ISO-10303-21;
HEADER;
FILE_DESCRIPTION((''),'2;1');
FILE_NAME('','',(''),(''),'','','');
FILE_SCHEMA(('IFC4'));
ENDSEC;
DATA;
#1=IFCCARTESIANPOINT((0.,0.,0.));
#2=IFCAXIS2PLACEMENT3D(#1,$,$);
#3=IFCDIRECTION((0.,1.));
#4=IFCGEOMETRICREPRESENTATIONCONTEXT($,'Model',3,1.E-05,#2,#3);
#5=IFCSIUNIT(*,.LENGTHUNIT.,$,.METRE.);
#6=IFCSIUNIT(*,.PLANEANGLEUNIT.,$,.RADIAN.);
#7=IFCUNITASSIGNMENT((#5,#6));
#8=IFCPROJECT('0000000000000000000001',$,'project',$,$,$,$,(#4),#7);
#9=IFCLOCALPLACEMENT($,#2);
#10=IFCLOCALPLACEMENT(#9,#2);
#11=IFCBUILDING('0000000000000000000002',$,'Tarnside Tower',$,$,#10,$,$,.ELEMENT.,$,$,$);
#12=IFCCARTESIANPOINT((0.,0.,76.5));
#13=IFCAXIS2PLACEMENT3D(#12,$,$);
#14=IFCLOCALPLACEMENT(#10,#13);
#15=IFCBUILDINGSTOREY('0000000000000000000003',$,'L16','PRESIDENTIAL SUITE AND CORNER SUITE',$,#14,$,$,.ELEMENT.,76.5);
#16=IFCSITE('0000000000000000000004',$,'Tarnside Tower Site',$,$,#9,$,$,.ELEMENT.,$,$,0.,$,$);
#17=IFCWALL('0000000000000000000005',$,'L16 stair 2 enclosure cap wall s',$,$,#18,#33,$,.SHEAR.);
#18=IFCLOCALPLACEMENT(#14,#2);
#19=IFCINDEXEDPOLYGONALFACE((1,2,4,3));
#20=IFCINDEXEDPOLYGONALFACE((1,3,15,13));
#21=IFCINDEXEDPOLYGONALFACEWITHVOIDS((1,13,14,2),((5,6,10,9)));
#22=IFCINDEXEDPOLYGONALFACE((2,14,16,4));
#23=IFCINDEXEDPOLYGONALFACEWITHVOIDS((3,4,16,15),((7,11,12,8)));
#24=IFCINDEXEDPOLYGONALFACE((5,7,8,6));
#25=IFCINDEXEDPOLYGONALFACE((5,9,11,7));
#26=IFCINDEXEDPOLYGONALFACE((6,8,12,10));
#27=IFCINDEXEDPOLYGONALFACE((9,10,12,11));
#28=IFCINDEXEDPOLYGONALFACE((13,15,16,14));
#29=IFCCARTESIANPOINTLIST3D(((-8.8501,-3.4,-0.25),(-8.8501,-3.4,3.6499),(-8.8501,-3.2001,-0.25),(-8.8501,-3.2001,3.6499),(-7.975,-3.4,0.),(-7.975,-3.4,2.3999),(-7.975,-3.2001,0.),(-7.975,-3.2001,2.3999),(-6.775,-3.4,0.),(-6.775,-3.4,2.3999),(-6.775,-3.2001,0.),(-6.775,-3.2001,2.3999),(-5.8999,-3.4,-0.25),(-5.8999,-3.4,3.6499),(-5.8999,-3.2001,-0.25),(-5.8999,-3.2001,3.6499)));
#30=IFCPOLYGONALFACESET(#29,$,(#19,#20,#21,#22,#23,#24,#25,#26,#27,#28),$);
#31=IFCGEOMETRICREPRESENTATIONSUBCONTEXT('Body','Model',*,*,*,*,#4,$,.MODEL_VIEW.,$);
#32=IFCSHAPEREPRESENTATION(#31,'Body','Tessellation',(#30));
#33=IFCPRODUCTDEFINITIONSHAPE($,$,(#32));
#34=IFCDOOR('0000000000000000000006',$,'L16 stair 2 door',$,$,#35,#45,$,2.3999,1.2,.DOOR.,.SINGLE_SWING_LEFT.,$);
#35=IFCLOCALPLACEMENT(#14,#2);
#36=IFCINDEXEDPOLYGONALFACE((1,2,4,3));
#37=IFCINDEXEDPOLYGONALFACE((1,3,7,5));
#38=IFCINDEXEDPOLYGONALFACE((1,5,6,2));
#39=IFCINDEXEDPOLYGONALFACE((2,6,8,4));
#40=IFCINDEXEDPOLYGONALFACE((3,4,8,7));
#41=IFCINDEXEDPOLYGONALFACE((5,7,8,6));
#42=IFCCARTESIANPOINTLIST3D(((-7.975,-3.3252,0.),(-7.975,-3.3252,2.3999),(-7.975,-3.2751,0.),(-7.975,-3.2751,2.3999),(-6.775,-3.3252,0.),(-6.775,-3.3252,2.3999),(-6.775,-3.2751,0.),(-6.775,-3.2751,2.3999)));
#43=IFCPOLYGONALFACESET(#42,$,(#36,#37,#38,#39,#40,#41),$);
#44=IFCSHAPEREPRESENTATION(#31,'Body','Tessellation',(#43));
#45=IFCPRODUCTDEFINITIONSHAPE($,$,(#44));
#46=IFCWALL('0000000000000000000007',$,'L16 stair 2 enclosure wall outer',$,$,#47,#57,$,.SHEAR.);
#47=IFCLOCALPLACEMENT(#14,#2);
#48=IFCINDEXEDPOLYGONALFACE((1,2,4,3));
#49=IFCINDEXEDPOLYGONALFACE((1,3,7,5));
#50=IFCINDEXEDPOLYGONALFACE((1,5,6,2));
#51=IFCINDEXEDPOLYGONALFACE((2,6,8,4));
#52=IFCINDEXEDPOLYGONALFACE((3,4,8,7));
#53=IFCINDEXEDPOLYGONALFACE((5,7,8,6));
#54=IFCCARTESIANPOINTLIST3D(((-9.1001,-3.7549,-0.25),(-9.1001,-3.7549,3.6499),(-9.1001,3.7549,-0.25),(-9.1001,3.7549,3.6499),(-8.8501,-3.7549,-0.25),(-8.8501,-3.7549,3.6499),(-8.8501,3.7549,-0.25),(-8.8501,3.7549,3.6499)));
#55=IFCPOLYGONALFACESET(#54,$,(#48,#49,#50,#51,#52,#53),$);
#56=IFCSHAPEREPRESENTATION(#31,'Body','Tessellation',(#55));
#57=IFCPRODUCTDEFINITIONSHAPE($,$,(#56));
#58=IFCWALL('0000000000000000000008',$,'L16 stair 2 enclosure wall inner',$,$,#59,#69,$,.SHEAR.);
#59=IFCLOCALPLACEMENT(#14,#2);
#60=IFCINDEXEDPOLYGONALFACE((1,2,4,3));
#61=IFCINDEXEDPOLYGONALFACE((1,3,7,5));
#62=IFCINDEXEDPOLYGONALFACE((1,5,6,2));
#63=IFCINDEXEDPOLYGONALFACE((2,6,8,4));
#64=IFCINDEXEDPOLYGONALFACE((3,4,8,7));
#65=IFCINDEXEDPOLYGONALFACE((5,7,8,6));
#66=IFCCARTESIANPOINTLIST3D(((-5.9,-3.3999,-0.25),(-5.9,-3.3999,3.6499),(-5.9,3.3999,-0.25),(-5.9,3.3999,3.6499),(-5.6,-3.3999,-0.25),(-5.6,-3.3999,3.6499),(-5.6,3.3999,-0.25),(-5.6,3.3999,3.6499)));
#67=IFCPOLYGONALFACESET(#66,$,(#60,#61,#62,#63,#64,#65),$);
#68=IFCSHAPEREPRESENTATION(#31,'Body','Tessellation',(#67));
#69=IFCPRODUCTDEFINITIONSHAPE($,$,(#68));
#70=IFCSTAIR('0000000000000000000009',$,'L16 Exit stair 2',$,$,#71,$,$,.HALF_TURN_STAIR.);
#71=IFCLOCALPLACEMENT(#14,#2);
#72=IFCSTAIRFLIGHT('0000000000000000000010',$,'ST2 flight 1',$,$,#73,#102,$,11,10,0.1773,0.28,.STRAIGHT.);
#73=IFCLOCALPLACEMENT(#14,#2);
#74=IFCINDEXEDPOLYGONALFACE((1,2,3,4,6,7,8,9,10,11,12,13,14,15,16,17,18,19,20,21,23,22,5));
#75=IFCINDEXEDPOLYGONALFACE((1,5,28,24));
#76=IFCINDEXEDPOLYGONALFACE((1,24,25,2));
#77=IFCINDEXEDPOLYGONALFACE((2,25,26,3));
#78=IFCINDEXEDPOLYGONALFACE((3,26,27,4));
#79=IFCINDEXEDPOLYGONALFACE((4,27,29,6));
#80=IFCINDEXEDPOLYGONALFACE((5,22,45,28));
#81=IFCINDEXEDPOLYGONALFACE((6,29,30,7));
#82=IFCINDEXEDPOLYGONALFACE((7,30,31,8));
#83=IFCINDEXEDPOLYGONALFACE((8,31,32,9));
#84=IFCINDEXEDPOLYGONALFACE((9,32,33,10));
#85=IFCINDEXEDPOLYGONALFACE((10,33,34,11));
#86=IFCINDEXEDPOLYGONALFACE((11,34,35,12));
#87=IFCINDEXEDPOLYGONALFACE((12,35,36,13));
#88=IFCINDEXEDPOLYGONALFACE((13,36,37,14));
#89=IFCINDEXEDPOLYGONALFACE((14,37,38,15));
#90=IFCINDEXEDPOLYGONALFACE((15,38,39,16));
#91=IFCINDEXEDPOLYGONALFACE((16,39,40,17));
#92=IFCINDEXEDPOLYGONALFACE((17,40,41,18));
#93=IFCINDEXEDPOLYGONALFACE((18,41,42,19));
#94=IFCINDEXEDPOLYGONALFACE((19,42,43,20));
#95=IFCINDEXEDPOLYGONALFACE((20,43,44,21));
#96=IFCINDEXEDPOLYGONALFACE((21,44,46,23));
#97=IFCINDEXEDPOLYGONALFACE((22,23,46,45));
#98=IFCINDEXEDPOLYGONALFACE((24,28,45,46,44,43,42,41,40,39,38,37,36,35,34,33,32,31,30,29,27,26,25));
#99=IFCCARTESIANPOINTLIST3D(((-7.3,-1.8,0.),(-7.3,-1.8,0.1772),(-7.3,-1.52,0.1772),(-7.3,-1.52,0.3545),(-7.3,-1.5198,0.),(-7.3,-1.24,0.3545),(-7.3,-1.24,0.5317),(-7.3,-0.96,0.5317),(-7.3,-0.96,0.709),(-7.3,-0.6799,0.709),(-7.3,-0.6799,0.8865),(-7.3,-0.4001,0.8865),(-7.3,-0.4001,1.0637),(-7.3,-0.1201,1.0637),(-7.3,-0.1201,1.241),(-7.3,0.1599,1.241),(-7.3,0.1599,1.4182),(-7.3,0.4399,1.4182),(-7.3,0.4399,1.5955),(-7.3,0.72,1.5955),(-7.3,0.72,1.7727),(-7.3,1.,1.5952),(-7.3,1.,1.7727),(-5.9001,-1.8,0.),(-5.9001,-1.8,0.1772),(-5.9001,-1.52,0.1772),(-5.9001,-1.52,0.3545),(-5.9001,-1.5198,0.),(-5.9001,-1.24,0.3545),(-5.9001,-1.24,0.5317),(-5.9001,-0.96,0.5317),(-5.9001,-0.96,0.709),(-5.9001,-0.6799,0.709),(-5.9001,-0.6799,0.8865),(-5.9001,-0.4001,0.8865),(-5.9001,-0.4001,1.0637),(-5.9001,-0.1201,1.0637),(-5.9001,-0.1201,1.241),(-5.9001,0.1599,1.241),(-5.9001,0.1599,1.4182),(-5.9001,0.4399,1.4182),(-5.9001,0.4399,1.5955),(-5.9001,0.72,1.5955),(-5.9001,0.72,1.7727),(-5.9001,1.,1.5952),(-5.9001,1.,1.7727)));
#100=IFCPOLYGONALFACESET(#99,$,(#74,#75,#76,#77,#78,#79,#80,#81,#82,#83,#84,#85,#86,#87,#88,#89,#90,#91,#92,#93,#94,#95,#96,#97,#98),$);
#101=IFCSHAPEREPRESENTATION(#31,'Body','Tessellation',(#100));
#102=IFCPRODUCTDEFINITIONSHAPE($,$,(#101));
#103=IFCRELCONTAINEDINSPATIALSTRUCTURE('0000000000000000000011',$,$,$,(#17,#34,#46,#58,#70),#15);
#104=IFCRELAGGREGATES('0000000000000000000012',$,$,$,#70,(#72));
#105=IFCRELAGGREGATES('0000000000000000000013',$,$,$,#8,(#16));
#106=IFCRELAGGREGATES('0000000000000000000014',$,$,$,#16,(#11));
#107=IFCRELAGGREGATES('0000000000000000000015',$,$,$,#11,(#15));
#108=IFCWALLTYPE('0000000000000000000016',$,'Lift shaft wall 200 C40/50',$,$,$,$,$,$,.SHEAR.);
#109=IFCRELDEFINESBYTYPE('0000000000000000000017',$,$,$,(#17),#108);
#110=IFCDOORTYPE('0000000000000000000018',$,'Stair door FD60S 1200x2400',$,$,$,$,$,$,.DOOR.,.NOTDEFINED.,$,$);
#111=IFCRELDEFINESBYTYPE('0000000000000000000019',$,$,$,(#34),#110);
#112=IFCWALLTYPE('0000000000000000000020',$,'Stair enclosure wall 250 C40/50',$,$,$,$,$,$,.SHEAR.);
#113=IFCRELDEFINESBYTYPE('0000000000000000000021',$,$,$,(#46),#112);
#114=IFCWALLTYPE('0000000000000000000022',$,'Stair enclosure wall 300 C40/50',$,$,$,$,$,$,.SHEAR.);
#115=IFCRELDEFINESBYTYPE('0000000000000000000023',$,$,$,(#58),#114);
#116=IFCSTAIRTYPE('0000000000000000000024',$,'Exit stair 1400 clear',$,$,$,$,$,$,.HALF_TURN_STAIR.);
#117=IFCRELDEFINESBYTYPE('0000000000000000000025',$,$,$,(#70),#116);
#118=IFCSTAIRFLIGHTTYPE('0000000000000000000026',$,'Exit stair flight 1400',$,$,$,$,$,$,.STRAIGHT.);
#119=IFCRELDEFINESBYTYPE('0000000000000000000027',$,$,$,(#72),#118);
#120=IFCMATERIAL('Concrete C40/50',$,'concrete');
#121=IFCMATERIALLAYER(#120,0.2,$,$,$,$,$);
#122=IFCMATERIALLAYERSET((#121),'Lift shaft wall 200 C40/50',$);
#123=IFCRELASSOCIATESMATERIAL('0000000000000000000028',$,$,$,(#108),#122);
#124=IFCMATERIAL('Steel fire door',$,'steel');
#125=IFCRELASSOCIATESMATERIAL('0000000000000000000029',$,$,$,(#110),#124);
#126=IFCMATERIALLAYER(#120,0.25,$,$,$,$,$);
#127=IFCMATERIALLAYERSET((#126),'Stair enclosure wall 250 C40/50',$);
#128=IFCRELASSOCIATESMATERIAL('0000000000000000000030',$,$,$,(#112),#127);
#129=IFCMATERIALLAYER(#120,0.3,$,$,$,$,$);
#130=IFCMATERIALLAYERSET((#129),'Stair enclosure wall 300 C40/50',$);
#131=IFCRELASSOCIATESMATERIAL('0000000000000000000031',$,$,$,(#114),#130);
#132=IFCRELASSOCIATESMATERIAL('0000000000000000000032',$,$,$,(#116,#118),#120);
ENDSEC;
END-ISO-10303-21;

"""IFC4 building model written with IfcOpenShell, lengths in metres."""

from ifc_helpers import new_model, si_unit, direction, frame, frame_2d, origin, place, context, subcontext, project, spatial, polyline, rectangle, outline, extrude, material, layer, layer_set, type_object, element, fill, aggregate, save


model = new_model("IFC4")

# Units and contexts
model_context = context("Model", 3, precision=1e-05, world=origin(), true_north=direction((0.0, 1.0)))
body_context = subcontext(model_context, "Body", "Model", "MODEL_VIEW")
ifc_project = project(units=[si_unit("LENGTHUNIT", "METRE"), si_unit("PLANEANGLEUNIT", "RADIAN")], contexts=[model_context])

# Site, building, storey
site_placement = place(None, origin())
site = spatial("IfcSite", under=ifc_project, at=site_placement, Name="Tarnside Tower Site", CompositionType="ELEMENT", RefElevation=0.0)
building_placement = place(site_placement, origin())
building = spatial("IfcBuilding", under=site, at=building_placement, Name="Tarnside Tower", CompositionType="ELEMENT")
storey_placement = place(building_placement, frame((0.0, 0.0, 76.5)))
storey = spatial("IfcBuildingStorey", under=building, at=storey_placement, Name="L16", Description="PRESIDENTIAL SUITE AND CORNER SUITE", CompositionType="ELEMENT", Elevation=76.5)

# Shared definitions
ifc_material_1 = material(Name="Steel fire door", Category="steel")

# Shared definitions
ifc_material_2 = material(Name="Concrete C40/50", Category="concrete")
ifc_layer_1 = layer(ifc_material_2, 0.2)
ifc_layer_set_1 = layer_set([ifc_layer_1], Name="Lift shaft wall 200 C40/50")
wall_type_1 = type_object("IfcWallType", Name="Lift shaft wall 200 C40/50", PredefinedType="SHEAR", material=ifc_layer_set_1)

# Wall, opening, door
wall_1_placement = place(storey_placement, frame((-8.8501, -3.3, -0.25), z_axis=(0.0, 0.0, 1.0), x_axis=(1.0, 0.0, 0.0)))
wall_1 = element("IfcWall", 1, at=wall_1_placement, inside=storey, type_object=wall_type_1, Name="L16 stair 2 enclosure cap wall s", PredefinedType="SHEAR", context=body_context, shape_type="SweptSolid", body=[
    extrude(rectangle(XDim=2.9502, YDim=0.2, at=frame_2d((1.4751, 0.0))), origin(), (0.0, 0.0, 1.0), 3.8999),
])
opening_1_placement = place(wall_1_placement, frame((0.875, 0.0, 0.25)))
opening_1 = element("IfcOpeningElement", 2, at=opening_1_placement, cuts=wall_1, PredefinedType="OPENING", context=body_context, shape_type="SweptSolid", body=[
    extrude(rectangle(XDim=1.2, YDim=2.3999, at=frame_2d((0.6001, 1.2))), frame((0.0, 0.1099, 0.0), z_axis=(0.0, -1.0, 0.0), x_axis=(1.0, 0.0, 0.0)), (0.0, 0.0, 1.0), 0.22),
])
door_type_1 = type_object("IfcDoorType", Name="Stair door FD60S 1200x2400", OperationType="NOTDEFINED", PredefinedType="DOOR", material=ifc_material_1)
door_1_placement = place(opening_1_placement, origin())
door_1 = element("IfcDoor", 3, at=door_1_placement, inside=storey, type_object=door_type_1, Name="L16 stair 2 door", OperationType="SINGLE_SWING_LEFT", OverallHeight=2.3999, OverallWidth=1.2, PredefinedType="DOOR", context=body_context, shape_type="SweptSolid", body=[
    extrude(rectangle(XDim=1.2, YDim=2.3999, at=frame_2d((0.6001, 1.2))), frame((0.0, 0.0249, 0.0), z_axis=(0.0, -1.0, 0.0), x_axis=(1.0, 0.0, 0.0)), (0.0, 0.0, 1.0), 0.05),
])
fill(opening_1, door_1)

# Walls
ifc_layer_2 = layer(ifc_material_2, 0.25)
ifc_layer_set_2 = layer_set([ifc_layer_2], Name="Stair enclosure wall 250 C40/50")
wall_type_2 = type_object("IfcWallType", Name="Stair enclosure wall 250 C40/50", PredefinedType="SHEAR", material=ifc_layer_set_2)
wall_2_placement = place(storey_placement, frame((-8.9751, -3.7549, -0.25), z_axis=(0.0, 0.0, 1.0), x_axis=(0.0, 1.0, 0.0)))
element("IfcWall", 4, at=wall_2_placement, inside=storey, type_object=wall_type_2, Name="L16 stair 2 enclosure wall outer", PredefinedType="SHEAR", context=body_context, shape_type="SweptSolid", body=[
    extrude(rectangle(XDim=7.5098, YDim=0.25, at=frame_2d((3.7549, 0.0))), origin(), (0.0, 0.0, 1.0), 3.8999),
])
ifc_layer_3 = layer(ifc_material_2, 0.3)
ifc_layer_set_3 = layer_set([ifc_layer_3], Name="Stair enclosure wall 300 C40/50")
wall_type_3 = type_object("IfcWallType", Name="Stair enclosure wall 300 C40/50", PredefinedType="SHEAR", material=ifc_layer_set_3)
wall_3_placement = place(storey_placement, frame((-5.75, -3.3999, -0.25), z_axis=(0.0, 0.0, 1.0), x_axis=(0.0, 1.0, 0.0)))
element("IfcWall", 5, at=wall_3_placement, inside=storey, type_object=wall_type_3, Name="L16 stair 2 enclosure wall inner", PredefinedType="SHEAR", context=body_context, shape_type="SweptSolid", body=[
    extrude(rectangle(XDim=6.7998, YDim=0.3, at=frame_2d((3.3999, 0.0))), origin(), (0.0, 0.0, 1.0), 3.8999),
])

# Stair, stair flight
stair_type = type_object("IfcStairType", Name="Exit stair 1400 clear", PredefinedType="HALF_TURN_STAIR", material=ifc_material_2)
stair_placement = place(storey_placement, origin())
stair = element("IfcStair", 6, at=stair_placement, inside=storey, type_object=stair_type, Name="L16 Exit stair 2", PredefinedType="HALF_TURN_STAIR")
stair_flight_type = type_object("IfcStairFlightType", Name="Exit stair flight 1400", PredefinedType="STRAIGHT", material=ifc_material_2)
stair_flight_placement = place(storey_placement, frame((-6.6001, -1.8, 0.0), z_axis=(0.0, 0.0, 1.0), x_axis=(0.0, 1.0, 0.0)))
stair_flight = element("IfcStairFlight", 7, at=stair_flight_placement, type_object=stair_flight_type, Name="ST2 flight 1", NumberOfRisers=11, NumberOfTreads=10, PredefinedType="STRAIGHT", RiserHeight=0.1773, TreadLength=0.28, context=body_context, shape_type="SweptSolid", body=[
    extrude(outline(polyline([(0.0, 0.0), (0.0, 0.1772), (0.28, 0.1772), (0.28, 0.3545), (0.5601, 0.3545), (0.5601, 0.5317), (0.8401, 0.5317), (0.8401, 0.709), (1.1201, 0.709), (1.1201, 0.8865), (1.3999, 0.8865), (1.3999, 1.0637), (1.6799, 1.0637), (1.6799, 1.241), (1.96, 1.241), (1.96, 1.4182), (2.24, 1.4182), (2.24, 1.5955), (2.52, 1.5955), (2.52, 1.7727), (2.8, 1.7727), (2.8, 1.95), (2.8, 1.5952), (0.2803, 0.0), (0.0, 0.0)])), frame((0.0, 0.7, 0.0), z_axis=(0.0, -1.0, 0.0), x_axis=(1.0, 0.0, 0.0)), (0.0, 0.0, 1.0), 1.3999),
])
aggregate(stair, [stair_flight])

save(model, "model.ifc")
